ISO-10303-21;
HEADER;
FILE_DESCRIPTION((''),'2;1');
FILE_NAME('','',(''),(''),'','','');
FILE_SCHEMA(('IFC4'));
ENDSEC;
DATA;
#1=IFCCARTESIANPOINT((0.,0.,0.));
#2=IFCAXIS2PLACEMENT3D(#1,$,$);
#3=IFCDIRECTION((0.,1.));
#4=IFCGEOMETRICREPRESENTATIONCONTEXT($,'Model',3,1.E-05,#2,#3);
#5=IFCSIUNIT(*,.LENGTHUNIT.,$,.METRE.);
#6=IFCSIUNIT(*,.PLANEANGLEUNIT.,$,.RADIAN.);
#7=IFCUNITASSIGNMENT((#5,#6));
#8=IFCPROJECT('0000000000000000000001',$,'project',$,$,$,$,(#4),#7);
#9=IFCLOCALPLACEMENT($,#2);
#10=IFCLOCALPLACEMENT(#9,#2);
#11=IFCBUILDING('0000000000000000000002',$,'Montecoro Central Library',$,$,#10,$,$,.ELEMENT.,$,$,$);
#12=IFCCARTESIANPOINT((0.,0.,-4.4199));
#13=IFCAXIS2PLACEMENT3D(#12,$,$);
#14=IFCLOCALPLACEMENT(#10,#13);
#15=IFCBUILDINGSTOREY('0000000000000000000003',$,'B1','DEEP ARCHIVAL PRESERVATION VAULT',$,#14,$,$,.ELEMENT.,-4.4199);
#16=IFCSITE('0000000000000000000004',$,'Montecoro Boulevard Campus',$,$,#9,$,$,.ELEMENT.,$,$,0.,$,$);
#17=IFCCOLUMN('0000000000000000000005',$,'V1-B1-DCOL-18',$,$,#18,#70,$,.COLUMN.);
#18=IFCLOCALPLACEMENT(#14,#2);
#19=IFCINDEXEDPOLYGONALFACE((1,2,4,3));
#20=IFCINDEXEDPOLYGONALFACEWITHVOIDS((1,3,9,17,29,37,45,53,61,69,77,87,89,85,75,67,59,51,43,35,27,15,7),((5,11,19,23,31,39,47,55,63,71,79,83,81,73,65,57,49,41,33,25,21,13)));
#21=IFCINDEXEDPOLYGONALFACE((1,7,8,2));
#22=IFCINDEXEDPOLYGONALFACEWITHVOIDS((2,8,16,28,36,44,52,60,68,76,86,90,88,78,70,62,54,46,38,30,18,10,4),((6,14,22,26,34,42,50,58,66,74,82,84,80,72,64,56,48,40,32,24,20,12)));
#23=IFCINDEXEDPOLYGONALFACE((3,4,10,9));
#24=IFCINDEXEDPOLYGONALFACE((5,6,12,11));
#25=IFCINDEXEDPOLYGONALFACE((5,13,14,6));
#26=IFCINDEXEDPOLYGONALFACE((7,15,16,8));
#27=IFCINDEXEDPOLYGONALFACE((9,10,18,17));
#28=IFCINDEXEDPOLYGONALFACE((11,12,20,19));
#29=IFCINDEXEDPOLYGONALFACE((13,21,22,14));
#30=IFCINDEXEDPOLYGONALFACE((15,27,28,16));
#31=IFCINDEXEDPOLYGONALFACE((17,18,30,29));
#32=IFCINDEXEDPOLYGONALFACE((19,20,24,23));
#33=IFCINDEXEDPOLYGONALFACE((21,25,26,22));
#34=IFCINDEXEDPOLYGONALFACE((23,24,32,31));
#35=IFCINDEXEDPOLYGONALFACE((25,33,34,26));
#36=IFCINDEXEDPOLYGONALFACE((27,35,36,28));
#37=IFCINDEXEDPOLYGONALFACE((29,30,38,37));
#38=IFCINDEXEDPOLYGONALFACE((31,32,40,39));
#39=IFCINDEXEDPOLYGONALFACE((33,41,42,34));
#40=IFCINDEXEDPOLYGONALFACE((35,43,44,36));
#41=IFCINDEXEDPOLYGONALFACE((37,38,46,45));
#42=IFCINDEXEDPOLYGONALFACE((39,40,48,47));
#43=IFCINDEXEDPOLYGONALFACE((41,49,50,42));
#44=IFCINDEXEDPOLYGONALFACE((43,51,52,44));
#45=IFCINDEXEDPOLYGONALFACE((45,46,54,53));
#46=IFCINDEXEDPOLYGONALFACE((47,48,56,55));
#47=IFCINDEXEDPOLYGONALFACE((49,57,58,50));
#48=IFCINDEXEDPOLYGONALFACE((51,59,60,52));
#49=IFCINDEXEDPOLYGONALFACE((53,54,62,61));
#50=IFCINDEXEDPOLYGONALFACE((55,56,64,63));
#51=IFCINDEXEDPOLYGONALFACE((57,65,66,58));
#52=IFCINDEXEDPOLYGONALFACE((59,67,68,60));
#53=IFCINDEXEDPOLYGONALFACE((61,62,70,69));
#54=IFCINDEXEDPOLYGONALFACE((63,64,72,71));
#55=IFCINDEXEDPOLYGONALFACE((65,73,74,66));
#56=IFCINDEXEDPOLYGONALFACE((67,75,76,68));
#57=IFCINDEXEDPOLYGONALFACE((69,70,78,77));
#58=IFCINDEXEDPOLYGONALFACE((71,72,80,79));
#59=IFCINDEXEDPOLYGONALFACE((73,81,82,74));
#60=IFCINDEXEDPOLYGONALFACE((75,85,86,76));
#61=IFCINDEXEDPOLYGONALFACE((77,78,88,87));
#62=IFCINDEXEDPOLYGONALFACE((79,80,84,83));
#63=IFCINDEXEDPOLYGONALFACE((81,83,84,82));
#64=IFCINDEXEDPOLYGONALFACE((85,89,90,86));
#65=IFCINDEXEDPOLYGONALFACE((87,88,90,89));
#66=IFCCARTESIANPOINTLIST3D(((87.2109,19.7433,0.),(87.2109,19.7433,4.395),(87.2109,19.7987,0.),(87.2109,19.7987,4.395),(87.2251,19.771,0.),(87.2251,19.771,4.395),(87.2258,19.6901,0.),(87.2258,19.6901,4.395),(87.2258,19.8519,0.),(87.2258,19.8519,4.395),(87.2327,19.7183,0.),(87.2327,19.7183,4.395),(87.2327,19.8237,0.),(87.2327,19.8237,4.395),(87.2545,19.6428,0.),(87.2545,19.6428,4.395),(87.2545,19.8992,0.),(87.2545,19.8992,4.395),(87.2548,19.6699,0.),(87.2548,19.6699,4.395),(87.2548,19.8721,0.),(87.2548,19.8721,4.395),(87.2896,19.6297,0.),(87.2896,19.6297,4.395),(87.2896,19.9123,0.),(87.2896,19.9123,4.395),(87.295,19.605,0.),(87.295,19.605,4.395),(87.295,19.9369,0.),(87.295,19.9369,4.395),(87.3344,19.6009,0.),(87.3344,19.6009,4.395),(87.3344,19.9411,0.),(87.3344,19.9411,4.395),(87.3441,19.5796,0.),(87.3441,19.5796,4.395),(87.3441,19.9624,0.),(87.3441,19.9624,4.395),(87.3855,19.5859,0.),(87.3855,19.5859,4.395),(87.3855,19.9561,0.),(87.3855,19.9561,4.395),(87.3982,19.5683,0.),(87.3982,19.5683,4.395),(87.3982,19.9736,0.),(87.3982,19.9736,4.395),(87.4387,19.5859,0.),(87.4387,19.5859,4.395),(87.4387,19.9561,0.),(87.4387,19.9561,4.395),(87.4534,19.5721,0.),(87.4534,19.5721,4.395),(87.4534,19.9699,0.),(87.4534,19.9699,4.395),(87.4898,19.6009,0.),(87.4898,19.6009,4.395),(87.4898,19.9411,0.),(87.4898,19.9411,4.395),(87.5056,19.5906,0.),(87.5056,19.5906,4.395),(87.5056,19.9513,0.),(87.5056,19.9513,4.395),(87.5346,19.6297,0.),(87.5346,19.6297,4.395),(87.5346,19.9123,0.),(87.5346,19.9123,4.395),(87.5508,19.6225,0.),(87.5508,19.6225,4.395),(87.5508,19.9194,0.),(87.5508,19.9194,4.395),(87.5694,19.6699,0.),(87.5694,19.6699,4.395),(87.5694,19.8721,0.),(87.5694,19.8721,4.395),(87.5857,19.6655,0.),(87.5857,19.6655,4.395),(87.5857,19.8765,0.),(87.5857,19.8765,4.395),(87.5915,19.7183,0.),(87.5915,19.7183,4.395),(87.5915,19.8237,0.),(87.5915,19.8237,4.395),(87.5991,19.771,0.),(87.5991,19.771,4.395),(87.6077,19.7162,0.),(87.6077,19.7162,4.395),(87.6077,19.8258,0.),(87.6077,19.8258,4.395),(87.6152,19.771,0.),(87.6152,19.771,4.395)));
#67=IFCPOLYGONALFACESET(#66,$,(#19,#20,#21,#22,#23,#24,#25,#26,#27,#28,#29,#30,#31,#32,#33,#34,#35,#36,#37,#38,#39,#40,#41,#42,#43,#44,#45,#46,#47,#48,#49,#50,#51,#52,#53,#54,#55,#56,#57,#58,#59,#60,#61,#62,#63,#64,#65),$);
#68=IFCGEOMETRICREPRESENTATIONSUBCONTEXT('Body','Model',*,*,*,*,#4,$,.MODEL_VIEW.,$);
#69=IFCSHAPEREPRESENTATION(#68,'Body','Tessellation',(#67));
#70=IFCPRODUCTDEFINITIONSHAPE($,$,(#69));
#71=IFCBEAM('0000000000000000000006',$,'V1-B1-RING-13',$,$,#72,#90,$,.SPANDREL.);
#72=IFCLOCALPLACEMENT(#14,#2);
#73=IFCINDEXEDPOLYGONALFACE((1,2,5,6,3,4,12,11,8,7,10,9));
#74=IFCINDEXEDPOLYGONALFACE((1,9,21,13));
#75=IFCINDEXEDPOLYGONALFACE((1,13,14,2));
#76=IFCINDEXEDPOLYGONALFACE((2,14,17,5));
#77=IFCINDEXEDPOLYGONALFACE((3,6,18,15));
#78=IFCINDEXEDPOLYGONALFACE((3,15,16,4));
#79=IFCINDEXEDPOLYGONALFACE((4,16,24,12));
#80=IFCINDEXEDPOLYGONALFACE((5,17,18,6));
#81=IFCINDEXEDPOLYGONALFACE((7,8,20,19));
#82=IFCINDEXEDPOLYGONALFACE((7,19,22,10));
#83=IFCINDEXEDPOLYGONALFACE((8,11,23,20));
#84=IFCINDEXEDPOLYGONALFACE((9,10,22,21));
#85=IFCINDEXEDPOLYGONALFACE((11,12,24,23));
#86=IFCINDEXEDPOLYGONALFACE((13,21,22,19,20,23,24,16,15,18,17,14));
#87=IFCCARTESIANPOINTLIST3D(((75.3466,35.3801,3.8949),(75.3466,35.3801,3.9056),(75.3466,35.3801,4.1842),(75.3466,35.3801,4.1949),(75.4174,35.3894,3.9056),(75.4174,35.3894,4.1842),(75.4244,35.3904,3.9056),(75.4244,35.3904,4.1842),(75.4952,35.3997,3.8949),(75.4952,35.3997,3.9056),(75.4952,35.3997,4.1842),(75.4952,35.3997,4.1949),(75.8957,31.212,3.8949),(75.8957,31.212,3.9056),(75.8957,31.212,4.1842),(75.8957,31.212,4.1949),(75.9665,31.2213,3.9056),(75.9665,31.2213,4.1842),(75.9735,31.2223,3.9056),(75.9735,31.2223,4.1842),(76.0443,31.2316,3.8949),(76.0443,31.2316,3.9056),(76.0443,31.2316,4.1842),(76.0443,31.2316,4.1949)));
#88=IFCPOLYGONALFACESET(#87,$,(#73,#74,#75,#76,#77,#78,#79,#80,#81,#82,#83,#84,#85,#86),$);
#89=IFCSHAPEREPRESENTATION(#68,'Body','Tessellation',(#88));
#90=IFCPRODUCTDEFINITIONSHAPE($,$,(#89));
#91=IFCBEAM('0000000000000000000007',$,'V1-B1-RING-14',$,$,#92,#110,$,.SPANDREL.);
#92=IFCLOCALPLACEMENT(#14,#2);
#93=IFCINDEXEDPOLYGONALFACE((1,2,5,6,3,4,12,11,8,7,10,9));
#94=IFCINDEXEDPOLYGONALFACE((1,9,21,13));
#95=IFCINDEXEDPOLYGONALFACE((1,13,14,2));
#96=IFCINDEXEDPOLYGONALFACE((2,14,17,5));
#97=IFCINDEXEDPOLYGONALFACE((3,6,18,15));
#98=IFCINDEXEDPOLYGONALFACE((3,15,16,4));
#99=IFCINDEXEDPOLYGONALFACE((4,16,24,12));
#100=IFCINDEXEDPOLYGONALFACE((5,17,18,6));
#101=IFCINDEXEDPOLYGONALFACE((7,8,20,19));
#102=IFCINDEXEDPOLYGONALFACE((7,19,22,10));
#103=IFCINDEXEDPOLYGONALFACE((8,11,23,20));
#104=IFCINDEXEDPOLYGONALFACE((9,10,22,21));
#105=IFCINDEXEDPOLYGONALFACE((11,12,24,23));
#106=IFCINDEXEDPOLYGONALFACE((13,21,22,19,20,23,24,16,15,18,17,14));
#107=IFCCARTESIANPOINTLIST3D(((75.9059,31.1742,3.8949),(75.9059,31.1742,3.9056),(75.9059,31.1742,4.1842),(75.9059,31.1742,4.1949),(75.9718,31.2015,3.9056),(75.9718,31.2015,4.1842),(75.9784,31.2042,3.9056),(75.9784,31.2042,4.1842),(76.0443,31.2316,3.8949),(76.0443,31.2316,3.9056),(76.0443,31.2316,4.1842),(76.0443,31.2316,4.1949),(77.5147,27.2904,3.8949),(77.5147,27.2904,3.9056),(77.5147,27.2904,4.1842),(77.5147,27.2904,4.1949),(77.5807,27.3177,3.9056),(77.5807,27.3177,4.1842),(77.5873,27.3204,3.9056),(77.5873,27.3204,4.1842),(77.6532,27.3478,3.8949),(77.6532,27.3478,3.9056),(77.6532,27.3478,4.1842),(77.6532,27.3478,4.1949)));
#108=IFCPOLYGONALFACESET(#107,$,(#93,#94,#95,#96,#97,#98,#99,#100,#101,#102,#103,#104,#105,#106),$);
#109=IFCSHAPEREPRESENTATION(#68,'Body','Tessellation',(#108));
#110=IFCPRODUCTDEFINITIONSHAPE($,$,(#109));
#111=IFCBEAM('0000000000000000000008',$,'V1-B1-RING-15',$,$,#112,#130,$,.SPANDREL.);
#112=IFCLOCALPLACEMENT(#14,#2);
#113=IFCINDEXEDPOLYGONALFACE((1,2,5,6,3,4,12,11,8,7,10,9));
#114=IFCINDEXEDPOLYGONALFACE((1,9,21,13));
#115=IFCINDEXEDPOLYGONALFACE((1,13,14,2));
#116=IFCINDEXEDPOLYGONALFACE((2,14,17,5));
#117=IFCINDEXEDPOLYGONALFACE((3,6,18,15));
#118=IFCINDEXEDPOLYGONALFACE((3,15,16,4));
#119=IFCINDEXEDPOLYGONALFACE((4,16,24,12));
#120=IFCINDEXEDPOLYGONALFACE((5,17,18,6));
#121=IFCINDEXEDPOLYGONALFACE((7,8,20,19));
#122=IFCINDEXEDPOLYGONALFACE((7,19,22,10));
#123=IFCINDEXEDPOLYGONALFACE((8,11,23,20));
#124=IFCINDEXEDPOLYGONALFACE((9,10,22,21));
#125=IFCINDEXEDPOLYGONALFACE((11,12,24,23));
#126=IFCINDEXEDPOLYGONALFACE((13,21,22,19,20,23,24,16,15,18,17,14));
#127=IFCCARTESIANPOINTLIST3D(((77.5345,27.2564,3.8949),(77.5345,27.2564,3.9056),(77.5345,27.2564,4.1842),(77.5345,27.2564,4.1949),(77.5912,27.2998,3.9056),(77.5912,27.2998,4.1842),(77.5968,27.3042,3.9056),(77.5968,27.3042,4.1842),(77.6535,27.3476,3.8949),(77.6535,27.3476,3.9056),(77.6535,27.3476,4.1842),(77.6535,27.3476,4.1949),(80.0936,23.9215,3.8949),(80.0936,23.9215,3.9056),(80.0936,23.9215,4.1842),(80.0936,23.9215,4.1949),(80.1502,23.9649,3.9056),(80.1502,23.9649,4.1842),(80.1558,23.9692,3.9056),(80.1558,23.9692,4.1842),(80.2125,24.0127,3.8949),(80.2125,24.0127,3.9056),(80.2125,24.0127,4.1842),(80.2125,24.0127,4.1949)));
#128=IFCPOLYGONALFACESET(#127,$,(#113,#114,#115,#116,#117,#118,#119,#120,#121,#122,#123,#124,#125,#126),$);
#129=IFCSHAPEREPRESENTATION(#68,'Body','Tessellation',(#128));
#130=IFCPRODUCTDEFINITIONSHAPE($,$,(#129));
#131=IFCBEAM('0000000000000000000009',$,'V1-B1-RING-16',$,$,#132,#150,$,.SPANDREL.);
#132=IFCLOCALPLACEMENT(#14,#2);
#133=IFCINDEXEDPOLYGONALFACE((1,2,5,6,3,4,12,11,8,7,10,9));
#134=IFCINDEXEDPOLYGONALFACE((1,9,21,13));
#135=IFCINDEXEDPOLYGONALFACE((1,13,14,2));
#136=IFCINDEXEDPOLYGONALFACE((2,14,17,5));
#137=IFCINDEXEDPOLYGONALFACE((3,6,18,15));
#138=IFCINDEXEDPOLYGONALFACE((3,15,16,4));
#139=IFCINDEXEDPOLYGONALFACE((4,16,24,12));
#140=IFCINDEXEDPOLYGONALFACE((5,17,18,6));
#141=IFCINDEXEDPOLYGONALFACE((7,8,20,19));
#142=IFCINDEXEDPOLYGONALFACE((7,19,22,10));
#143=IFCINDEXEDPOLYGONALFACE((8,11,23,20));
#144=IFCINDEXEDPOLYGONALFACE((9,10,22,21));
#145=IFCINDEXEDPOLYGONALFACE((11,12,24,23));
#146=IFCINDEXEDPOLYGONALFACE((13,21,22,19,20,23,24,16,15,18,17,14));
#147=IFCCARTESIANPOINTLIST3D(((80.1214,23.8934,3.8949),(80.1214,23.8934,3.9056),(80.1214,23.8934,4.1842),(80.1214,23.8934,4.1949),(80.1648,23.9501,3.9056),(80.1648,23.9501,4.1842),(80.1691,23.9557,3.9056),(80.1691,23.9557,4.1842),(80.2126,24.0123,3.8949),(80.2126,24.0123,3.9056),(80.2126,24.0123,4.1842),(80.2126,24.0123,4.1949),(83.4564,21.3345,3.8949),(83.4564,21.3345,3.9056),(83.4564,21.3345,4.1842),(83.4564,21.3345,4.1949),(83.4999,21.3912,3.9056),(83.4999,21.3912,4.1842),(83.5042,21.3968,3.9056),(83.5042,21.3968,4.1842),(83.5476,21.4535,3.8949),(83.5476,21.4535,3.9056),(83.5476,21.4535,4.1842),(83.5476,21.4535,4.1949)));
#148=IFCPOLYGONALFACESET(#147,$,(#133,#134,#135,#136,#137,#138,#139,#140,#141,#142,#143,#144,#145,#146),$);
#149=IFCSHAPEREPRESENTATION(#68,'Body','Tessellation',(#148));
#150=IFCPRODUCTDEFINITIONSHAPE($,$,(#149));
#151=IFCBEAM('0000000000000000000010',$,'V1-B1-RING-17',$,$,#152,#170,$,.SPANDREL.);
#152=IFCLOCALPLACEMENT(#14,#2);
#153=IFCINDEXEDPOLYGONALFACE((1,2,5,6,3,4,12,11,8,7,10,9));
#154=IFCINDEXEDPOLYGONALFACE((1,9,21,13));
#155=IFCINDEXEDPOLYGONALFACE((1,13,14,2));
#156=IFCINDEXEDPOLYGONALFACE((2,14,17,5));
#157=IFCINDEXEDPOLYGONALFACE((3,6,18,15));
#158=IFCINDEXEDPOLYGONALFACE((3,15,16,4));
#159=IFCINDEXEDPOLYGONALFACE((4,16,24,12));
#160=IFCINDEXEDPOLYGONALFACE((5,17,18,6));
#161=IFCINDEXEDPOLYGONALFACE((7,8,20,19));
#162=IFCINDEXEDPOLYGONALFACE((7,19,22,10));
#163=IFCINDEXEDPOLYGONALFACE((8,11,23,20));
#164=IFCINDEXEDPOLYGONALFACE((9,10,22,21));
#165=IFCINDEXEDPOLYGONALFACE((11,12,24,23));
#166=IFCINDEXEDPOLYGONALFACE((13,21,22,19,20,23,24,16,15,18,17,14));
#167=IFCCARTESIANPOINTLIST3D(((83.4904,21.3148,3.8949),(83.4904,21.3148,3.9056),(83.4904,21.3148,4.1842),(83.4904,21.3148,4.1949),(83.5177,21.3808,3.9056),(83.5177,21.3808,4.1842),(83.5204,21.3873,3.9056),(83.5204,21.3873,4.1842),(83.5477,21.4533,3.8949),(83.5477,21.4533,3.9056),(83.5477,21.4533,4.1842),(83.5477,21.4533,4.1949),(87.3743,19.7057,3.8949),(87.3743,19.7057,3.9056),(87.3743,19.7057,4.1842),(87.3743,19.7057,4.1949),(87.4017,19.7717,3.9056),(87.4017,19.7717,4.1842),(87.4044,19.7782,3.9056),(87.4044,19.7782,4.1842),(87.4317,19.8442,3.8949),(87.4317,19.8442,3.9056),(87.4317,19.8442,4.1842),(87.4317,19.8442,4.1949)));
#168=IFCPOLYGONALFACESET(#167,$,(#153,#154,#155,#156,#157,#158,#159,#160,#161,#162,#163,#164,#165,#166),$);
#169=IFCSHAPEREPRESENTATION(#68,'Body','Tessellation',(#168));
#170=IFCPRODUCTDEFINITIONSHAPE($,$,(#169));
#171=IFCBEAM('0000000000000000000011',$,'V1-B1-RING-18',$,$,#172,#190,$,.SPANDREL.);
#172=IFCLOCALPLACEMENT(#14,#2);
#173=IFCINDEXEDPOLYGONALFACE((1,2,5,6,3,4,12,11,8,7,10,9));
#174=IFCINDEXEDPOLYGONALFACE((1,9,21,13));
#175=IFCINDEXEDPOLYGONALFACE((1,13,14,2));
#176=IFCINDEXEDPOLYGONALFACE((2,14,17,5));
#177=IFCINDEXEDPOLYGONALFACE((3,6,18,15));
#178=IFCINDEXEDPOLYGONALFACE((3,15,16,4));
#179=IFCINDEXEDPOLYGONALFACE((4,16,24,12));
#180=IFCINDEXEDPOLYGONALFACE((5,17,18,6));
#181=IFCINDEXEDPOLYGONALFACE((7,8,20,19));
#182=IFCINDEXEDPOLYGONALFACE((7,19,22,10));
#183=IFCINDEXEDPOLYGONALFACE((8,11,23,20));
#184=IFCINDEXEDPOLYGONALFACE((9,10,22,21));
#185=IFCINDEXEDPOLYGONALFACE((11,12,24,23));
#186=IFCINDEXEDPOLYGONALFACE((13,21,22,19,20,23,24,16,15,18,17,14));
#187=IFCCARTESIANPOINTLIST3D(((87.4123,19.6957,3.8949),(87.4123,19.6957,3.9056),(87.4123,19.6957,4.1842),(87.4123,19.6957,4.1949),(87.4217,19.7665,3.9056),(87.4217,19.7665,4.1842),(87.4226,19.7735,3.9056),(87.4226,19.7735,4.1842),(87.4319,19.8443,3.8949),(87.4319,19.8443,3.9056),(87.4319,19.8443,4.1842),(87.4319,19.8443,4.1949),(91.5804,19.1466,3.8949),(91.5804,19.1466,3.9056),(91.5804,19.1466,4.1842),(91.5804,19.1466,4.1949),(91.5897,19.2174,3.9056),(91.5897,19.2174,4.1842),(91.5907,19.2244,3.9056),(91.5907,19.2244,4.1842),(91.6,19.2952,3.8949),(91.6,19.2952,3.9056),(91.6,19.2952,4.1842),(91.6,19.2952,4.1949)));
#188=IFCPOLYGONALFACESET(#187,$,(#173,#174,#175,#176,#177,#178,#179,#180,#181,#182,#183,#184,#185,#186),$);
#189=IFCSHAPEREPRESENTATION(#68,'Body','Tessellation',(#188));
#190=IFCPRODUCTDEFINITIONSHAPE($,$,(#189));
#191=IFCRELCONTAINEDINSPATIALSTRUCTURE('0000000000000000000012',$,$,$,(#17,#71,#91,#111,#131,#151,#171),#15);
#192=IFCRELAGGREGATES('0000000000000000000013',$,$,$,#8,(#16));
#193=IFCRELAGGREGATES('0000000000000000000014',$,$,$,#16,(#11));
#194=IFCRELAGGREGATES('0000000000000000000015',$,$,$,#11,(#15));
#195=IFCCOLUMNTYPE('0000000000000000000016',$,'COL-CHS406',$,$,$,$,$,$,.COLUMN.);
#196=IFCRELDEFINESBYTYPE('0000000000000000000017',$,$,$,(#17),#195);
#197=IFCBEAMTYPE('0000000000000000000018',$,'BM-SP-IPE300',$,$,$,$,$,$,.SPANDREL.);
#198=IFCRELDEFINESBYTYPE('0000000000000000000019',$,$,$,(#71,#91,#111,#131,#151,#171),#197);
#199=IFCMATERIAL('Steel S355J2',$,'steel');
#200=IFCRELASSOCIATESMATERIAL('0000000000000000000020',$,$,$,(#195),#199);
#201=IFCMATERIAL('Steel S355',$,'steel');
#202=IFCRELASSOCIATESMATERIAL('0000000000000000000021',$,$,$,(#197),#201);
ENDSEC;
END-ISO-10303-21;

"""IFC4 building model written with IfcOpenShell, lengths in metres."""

from ifc_helpers import new_model, si_unit, direction, frame, origin, origin_2d, place, context, subcontext, project, spatial, hollow_circle, i_section, extrude, material, material_profile, profile_set, type_object, element, save


model = new_model("IFC4")

# Units and contexts
model_context = context("Model", 3, precision=1e-05, world=origin(), true_north=direction((0.0, 1.0)))
body_context = subcontext(model_context, "Body", "Model", "MODEL_VIEW")
ifc_project = project(units=[si_unit("LENGTHUNIT", "METRE"), si_unit("PLANEANGLEUNIT", "RADIAN")], contexts=[model_context])

# Site, building, storey
site_placement = place(None, origin())
site = spatial("IfcSite", under=ifc_project, at=site_placement, Name="Montecoro Boulevard Campus", CompositionType="ELEMENT", RefElevation=0.0)
building_placement = place(site_placement, origin())
building = spatial("IfcBuilding", under=site, at=building_placement, Name="Montecoro Central Library", CompositionType="ELEMENT")
storey_placement = place(building_placement, frame((0.0, 0.0, -4.4199)))
storey = spatial("IfcBuildingStorey", under=building, at=storey_placement, Name="B1", Description="DEEP ARCHIVAL PRESERVATION VAULT", CompositionType="ELEMENT", Elevation=-4.4199)

# Column
ifc_material_1 = material(Name="Steel S355J2", Category="steel")
ifc_material_profile_1 = material_profile(ifc_material_1, hollow_circle(Radius=0.2031, WallThickness=0.0161, at=origin_2d()), Name="CHS 406.4x16.0")
ifc_profile_set_1 = profile_set([ifc_material_profile_1], Name="Steel S355J2")
column_type = type_object("IfcColumnType", Name="COL-CHS406", PredefinedType="COLUMN", material=ifc_profile_set_1)
for number, where, z_axis, x_axis, name in (
    (1, (87.4121, 19.771, 0.0), (0.0, 0.0, 1.0), (1.0, 0.0, 0.0), "V1-B1-DCOL-18"),
):
    element("IfcColumn", number, at=place(storey_placement, frame(where, z_axis=z_axis, x_axis=x_axis)), inside=storey, type_object=column_type, Name=name, PredefinedType="COLUMN", context=body_context, shape_type="SweptSolid", body=[
        extrude(hollow_circle(Radius=0.2031, WallThickness=0.0161, at=origin_2d()), origin(), (0.0, 0.0, 1.0), 4.395),
    ])

# Beams
ifc_material_2 = material(Name="Steel S355", Category="steel")
ifc_material_profile_2 = material_profile(ifc_material_2, i_section(OverallWidth=0.1499, OverallDepth=0.3, WebThickness=0.0071, FlangeThickness=0.0107, at=origin_2d()), Name="IPE 300")
ifc_profile_set_2 = profile_set([ifc_material_profile_2], Name="Steel S355")
beam_type = type_object("IfcBeamType", Name="BM-SP-IPE300", PredefinedType="SPANDREL", material=ifc_profile_set_2)
beam_1_placement = place(storey_placement, frame((75.4209, 35.3899, 4.0449), z_axis=(0.130608, -0.991434, 0.0), x_axis=(0.991434, 0.130608, 0.0)))
element("IfcBeam", 2, at=beam_1_placement, inside=storey, type_object=beam_type, Name="V1-B1-RING-13", PredefinedType="SPANDREL", context=body_context, shape_type="SweptSolid", body=[
    extrude(i_section(OverallWidth=0.1499, OverallDepth=0.3, WebThickness=0.0071, FlangeThickness=0.0107, at=origin_2d()), origin(), (0.0, 0.0, 1.0), 4.2041),
])
beam_2_placement = place(storey_placement, frame((75.9751, 31.2029, 4.0449), z_axis=(0.382718, -0.923865, 0.0), x_axis=(0.923865, 0.382718, 0.0)))
element("IfcBeam", 3, at=beam_2_placement, inside=storey, type_object=beam_type, Name="V1-B1-RING-14", PredefinedType="SPANDREL", context=body_context, shape_type="SweptSolid", body=[
    extrude(i_section(OverallWidth=0.1499, OverallDepth=0.3, WebThickness=0.0071, FlangeThickness=0.0107, at=origin_2d()), origin(), (0.0, 0.0, 1.0), 4.2039),
])
for number, where, z_axis, x_axis, name in (
    (4, (77.594, 27.302, 4.0449), (0.608773, -0.793345, 0.0), (0.793345, 0.608773, 0.0), "V1-B1-RING-15"),
    (5, (80.167, 23.9529, 4.0449), (0.793373, -0.608736, 0.0), (0.608736, 0.793373, 0.0), "V1-B1-RING-16"),
):
    element("IfcBeam", number, at=place(storey_placement, frame(where, z_axis=z_axis, x_axis=x_axis)), inside=storey, type_object=beam_type, Name=name, PredefinedType="SPANDREL", context=body_context, shape_type="SweptSolid", body=[
        extrude(i_section(OverallWidth=0.1499, OverallDepth=0.3, WebThickness=0.0071, FlangeThickness=0.0107, at=origin_2d()), origin(), (0.0, 0.0, 1.0), 4.2036),
    ])
for number, where, z_axis, x_axis, name in (
    (6, (83.519, 21.384, 4.0449), (0.923853, -0.382747, 0.0), (0.382747, 0.923853, 0.0), "V1-B1-RING-17"),
    (7, (87.4221, 19.77, 4.0449), (0.991434, -0.130608, 0.0), (0.130608, 0.991434, 0.0), "V1-B1-RING-18"),
):
    element("IfcBeam", number, at=place(storey_placement, frame(where, z_axis=z_axis, x_axis=x_axis)), inside=storey, type_object=beam_type, Name=name, PredefinedType="SPANDREL", context=body_context, shape_type="SweptSolid", body=[
        extrude(i_section(OverallWidth=0.1499, OverallDepth=0.3, WebThickness=0.0071, FlangeThickness=0.0107, at=origin_2d()), origin(), (0.0, 0.0, 1.0), 4.2041),
    ])

save(model, "model.ifc")
